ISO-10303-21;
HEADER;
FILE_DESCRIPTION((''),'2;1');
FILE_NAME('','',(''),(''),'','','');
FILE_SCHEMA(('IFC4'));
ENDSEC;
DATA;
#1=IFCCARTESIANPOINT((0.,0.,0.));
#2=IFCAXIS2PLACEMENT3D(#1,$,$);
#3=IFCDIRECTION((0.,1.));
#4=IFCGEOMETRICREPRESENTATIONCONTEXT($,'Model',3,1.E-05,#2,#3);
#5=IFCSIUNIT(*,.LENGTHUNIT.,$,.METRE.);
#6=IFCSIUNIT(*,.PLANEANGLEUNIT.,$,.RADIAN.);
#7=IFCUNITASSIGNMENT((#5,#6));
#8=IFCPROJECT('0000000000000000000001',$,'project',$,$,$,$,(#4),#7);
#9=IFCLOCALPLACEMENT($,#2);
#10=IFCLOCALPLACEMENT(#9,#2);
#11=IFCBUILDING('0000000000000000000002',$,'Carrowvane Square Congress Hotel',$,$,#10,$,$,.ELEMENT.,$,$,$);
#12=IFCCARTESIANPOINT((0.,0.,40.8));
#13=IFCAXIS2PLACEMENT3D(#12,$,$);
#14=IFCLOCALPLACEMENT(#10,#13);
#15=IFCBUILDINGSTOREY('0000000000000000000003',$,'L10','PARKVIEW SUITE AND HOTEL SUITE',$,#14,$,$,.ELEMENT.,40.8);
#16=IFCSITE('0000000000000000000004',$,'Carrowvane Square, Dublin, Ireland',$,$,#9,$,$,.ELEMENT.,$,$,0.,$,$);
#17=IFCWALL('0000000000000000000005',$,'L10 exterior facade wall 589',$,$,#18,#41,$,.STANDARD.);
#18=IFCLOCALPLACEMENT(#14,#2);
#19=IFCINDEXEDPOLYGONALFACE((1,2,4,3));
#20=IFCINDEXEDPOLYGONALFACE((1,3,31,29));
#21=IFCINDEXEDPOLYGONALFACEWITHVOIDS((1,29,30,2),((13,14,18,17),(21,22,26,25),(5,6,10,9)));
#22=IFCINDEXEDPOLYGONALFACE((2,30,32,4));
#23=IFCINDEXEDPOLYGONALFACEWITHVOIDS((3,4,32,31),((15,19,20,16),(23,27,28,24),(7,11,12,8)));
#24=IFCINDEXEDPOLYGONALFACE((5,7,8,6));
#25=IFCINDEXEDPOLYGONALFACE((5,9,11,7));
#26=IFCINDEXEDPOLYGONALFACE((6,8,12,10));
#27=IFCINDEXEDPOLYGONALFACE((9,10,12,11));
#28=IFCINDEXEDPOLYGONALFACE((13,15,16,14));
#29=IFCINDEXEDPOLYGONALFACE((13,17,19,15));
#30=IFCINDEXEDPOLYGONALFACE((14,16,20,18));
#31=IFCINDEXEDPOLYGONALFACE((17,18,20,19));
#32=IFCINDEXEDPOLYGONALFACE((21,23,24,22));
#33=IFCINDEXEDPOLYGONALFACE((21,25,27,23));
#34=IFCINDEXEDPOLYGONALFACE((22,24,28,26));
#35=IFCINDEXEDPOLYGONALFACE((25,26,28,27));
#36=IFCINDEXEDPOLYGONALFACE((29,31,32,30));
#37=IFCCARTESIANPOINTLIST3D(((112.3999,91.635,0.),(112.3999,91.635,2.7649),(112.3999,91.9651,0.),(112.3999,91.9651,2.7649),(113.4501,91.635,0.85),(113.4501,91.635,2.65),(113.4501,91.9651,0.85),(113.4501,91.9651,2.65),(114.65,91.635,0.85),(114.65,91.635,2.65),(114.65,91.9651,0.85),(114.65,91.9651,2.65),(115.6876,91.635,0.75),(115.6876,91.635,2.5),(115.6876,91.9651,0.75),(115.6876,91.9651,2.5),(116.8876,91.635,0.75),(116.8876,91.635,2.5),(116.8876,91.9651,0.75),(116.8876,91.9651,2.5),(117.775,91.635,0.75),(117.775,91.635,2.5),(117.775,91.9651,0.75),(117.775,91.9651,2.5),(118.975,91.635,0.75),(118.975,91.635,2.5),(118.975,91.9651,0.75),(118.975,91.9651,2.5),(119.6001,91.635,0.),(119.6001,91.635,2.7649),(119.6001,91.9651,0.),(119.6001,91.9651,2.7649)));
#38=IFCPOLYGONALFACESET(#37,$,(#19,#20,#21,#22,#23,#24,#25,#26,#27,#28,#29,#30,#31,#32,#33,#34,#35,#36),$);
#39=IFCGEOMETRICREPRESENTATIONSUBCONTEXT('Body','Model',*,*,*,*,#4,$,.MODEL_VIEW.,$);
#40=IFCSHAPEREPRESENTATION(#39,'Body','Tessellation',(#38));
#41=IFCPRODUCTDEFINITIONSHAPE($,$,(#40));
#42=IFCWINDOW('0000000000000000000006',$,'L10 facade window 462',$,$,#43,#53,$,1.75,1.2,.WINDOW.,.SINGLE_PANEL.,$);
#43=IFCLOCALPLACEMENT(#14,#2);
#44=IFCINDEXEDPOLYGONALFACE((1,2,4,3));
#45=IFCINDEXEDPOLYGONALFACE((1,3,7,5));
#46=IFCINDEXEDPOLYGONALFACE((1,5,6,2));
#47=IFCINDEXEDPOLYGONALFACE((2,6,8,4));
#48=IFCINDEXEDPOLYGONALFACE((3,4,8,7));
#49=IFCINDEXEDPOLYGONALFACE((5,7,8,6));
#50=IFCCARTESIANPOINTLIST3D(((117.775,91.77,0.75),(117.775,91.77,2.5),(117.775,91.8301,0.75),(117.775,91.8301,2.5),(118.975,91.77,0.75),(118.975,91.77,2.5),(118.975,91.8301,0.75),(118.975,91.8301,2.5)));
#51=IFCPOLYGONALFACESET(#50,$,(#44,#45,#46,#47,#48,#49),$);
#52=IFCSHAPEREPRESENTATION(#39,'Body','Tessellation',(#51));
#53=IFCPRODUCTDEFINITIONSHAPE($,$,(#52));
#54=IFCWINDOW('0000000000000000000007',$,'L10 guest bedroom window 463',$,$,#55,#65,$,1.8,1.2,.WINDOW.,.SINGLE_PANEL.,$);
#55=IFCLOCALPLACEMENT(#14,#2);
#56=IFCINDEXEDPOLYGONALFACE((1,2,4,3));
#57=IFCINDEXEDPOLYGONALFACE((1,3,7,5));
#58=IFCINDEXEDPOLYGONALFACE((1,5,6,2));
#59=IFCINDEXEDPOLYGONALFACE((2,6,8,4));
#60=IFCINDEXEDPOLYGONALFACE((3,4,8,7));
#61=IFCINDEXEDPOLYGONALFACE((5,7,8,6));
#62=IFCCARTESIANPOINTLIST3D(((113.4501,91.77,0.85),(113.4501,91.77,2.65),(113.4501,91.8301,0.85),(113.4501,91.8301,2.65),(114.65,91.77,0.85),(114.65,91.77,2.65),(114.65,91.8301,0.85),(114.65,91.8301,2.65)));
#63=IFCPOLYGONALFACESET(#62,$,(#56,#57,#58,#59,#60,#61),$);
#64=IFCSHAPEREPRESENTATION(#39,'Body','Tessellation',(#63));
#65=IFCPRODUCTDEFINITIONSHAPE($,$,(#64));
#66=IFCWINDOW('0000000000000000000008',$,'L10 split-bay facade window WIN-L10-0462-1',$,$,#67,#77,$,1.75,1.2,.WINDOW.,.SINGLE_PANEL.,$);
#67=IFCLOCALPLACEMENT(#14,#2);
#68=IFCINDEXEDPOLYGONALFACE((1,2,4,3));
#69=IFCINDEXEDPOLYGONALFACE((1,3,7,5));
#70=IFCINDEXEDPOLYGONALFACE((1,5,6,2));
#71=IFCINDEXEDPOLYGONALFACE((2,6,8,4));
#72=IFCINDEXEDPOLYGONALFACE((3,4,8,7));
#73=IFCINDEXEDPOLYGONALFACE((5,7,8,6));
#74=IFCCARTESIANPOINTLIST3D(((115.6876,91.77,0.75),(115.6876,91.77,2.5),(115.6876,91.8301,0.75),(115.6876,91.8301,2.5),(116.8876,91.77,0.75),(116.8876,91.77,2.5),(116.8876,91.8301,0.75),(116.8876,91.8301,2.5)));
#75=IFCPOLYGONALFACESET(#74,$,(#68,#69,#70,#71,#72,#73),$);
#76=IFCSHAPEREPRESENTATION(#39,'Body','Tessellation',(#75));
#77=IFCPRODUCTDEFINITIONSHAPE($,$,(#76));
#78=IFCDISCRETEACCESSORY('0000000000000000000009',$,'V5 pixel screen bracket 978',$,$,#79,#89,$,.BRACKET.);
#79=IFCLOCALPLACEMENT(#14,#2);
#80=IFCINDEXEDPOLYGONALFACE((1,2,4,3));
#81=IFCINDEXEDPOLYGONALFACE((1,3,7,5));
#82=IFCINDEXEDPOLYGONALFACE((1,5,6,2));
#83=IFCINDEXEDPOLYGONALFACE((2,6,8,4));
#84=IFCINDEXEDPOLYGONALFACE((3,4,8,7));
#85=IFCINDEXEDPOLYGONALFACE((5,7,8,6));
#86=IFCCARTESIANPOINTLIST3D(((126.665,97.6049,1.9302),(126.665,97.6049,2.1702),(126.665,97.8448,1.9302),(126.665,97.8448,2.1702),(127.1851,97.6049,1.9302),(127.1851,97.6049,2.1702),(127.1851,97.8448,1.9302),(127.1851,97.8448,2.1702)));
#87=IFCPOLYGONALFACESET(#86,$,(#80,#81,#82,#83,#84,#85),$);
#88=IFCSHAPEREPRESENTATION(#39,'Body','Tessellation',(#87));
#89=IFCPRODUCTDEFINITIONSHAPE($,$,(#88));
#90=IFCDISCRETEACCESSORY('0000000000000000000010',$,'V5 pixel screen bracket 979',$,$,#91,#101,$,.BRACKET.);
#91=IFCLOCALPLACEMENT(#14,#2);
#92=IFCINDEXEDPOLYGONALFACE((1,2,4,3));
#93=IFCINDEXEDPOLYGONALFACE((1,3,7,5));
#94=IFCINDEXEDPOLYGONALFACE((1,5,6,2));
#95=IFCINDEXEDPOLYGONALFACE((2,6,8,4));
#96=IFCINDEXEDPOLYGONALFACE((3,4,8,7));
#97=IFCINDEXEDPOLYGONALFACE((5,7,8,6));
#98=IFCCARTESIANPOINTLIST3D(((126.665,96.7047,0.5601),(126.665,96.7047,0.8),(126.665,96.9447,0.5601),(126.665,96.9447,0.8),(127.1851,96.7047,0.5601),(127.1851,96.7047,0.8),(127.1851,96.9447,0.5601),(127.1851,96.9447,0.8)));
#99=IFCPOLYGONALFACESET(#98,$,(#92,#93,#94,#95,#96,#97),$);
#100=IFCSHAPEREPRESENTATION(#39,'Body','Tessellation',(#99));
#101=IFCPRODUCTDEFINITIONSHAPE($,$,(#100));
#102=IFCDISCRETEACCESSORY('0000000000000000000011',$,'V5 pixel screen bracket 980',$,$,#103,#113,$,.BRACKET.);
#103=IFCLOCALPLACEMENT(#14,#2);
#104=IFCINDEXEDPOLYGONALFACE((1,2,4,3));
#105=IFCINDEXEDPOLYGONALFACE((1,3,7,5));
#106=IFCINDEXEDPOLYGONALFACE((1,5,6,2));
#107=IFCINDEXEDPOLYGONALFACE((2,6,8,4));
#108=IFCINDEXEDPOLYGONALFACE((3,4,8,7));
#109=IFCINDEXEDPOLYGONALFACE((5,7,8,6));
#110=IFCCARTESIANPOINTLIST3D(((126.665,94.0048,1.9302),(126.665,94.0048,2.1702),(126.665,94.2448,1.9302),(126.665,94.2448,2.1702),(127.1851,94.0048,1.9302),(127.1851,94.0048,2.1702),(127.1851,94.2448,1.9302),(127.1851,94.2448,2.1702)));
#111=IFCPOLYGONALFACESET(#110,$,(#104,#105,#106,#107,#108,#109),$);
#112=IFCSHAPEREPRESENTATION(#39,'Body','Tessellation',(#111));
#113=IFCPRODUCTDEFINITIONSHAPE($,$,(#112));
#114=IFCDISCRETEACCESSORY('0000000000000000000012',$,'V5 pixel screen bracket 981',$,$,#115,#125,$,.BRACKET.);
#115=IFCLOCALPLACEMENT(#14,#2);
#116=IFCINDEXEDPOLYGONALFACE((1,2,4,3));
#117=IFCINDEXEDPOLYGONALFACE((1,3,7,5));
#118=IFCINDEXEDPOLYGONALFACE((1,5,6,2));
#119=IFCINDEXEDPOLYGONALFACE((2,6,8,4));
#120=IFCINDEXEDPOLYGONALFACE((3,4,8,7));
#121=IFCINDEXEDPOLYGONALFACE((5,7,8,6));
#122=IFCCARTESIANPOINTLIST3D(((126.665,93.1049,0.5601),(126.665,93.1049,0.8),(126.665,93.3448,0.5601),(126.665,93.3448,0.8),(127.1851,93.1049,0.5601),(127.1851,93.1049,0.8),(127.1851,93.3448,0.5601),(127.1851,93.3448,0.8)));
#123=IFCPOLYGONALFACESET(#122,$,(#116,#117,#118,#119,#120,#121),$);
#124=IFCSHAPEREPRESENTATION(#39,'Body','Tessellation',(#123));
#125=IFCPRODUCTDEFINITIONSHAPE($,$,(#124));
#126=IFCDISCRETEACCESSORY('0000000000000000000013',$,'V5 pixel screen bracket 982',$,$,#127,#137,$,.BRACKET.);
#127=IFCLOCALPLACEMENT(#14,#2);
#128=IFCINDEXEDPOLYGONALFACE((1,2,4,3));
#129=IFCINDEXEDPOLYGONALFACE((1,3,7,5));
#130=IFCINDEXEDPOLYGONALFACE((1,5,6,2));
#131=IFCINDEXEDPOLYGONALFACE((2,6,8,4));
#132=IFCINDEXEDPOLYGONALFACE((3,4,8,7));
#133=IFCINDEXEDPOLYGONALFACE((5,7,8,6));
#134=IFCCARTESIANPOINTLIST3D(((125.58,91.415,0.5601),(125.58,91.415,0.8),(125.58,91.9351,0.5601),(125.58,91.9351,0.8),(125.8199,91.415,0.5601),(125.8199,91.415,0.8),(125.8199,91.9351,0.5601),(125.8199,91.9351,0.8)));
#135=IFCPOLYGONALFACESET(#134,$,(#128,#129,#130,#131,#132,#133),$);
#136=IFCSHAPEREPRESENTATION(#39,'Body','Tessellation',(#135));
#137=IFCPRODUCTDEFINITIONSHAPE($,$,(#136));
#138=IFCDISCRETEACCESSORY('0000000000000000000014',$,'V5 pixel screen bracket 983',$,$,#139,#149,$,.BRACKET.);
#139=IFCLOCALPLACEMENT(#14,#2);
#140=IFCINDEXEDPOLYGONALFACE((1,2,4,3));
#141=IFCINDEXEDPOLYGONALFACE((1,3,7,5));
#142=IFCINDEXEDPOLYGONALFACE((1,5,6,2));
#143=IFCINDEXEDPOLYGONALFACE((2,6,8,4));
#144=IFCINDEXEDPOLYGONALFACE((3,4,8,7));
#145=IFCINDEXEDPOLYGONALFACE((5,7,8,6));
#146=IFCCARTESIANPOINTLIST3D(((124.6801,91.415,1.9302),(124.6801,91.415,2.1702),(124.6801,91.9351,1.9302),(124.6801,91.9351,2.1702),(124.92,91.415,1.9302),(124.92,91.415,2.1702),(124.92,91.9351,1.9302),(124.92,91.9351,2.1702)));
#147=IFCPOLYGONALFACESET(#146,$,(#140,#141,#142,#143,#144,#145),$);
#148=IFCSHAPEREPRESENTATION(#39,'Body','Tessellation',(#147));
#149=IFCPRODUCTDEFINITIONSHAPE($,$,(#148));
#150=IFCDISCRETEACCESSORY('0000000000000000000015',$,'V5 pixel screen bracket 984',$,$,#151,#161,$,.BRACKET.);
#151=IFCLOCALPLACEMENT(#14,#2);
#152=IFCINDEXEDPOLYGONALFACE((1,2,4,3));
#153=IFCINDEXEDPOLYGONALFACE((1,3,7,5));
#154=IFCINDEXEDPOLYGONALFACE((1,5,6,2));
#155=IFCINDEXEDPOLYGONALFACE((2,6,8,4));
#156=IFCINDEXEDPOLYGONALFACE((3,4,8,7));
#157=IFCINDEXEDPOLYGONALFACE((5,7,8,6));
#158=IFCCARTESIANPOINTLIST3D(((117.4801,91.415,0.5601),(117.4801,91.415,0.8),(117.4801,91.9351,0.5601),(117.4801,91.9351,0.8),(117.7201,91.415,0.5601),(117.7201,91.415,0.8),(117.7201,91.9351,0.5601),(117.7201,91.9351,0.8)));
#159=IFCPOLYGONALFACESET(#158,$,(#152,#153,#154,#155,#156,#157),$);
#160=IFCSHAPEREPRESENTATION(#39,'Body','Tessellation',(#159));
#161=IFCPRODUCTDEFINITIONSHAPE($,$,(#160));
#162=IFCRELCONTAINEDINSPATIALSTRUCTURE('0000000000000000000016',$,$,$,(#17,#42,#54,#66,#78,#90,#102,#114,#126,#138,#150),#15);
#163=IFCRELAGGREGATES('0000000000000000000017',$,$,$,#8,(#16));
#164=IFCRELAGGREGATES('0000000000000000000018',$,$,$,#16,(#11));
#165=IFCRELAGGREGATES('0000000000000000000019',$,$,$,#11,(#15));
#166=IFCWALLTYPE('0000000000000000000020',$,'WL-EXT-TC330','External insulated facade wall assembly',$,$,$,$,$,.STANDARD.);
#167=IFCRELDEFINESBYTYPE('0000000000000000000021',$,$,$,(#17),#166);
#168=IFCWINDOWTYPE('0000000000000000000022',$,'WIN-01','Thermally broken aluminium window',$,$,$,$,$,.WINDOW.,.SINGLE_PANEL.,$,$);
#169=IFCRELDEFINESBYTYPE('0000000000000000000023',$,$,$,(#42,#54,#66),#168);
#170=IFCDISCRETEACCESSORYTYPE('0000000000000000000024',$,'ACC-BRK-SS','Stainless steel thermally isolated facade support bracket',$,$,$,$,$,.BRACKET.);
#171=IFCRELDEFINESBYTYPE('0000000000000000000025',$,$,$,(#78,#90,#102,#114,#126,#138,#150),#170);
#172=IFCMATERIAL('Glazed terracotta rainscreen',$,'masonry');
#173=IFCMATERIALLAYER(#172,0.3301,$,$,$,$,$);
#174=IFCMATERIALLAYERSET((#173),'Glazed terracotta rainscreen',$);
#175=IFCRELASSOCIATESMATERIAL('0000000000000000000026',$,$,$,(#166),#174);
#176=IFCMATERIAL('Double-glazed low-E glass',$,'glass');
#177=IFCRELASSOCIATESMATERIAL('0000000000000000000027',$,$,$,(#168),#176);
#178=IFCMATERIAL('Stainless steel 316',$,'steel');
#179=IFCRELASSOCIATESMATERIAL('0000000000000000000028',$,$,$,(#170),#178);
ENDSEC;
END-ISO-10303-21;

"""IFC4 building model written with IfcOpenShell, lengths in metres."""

from ifc_helpers import new_model, si_unit, direction, frame, frame_2d, origin, origin_2d, place, context, subcontext, project, spatial, rectangle, extrude, material, layer, layer_set, type_object, element, fill, save


model = new_model("IFC4")

# Units and contexts
model_context = context("Model", 3, precision=1e-05, world=origin(), true_north=direction((0.0, 1.0)))
body_context = subcontext(model_context, "Body", "Model", "MODEL_VIEW")
ifc_project = project(units=[si_unit("LENGTHUNIT", "METRE"), si_unit("PLANEANGLEUNIT", "RADIAN")], contexts=[model_context])

# Site, building, storey
site_placement = place(None, origin())
site = spatial("IfcSite", under=ifc_project, at=site_placement, Name="Carrowvane Square, Dublin, Ireland", CompositionType="ELEMENT", RefElevation=0.0)
building_placement = place(site_placement, origin())
building = spatial("IfcBuilding", under=site, at=building_placement, Name="Carrowvane Square Congress Hotel", CompositionType="ELEMENT")
storey_placement = place(building_placement, frame((0.0, 0.0, 40.8)))
storey = spatial("IfcBuildingStorey", under=building, at=storey_placement, Name="L10", Description="PARKVIEW SUITE AND HOTEL SUITE", CompositionType="ELEMENT", Elevation=40.8)

# Shared definitions
ifc_material_1 = material(Name="Glazed terracotta rainscreen", Category="masonry")
ifc_layer_1 = layer(ifc_material_1, 0.3301)
ifc_layer_set_1 = layer_set([ifc_layer_1], Name="Glazed terracotta rainscreen")
wall_type = type_object("IfcWallType", Name="WL-EXT-TC330", Description="External insulated facade wall assembly", PredefinedType="STANDARD", material=ifc_layer_set_1)

# Wall, openings, windows
ifc_material_2 = material(Name="Double-glazed low-E glass", Category="glass")
window_type_1 = type_object("IfcWindowType", Name="WIN-01", Description="Thermally broken aluminium window", PartitioningType="SINGLE_PANEL", PredefinedType="WINDOW", material=ifc_material_2)
wall_1_placement = place(storey_placement, frame((119.6001, 91.8, 0.0), z_axis=(0.0, 0.0, 1.0), x_axis=(-1.0, 0.0, 0.0)))
wall_1 = element("IfcWall", 1, at=wall_1_placement, inside=storey, type_object=wall_type, Name="L10 exterior facade wall 589", PredefinedType="STANDARD", context=body_context, shape_type="SweptSolid", body=[
    extrude(rectangle(XDim=7.2002, YDim=0.3301, at=frame_2d((3.6001, 0.0))), origin(), (0.0, 0.0, 1.0), 2.7649),
])
opening_1_placement = place(wall_1_placement, frame((0.625, 0.0, 0.75)))
opening_1 = element("IfcOpeningElement", 2, at=opening_1_placement, cuts=wall_1, PredefinedType="OPENING", context=body_context, shape_type="SweptSolid", body=[
    extrude(rectangle(XDim=1.2, YDim=1.75, at=frame_2d((0.6001, 0.875))), frame((0.0, 0.175, 0.0), z_axis=(0.0, -1.0, 0.0), x_axis=(1.0, 0.0, 0.0)), (0.0, 0.0, 1.0), 0.3501),
])
opening_2_placement = place(wall_1_placement, frame((4.95, 0.0, 0.8501)))
opening_2 = element("IfcOpeningElement", 3, at=opening_2_placement, cuts=wall_1, PredefinedType="OPENING", context=body_context, shape_type="SweptSolid", body=[
    extrude(rectangle(XDim=1.2, YDim=1.8, at=frame_2d((0.6001, 0.8999))), frame((0.0, 0.175, 0.0), z_axis=(0.0, -1.0, 0.0), x_axis=(1.0, 0.0, 0.0)), (0.0, 0.0, 1.0), 0.3501),
])
opening_3_placement = place(wall_1_placement, frame((2.7124, 0.0, 0.75)))
opening_3 = element("IfcOpeningElement", 4, at=opening_3_placement, cuts=wall_1, PredefinedType="OPENING", context=body_context, shape_type="SweptSolid", body=[
    extrude(rectangle(XDim=1.2, YDim=1.75, at=frame_2d((0.6001, 0.875))), frame((0.0, 0.175, 0.0), z_axis=(0.0, -1.0, 0.0), x_axis=(1.0, 0.0, 0.0)), (0.0, 0.0, 1.0), 0.3501),
])
window_1_placement = place(opening_1_placement, origin())
window_1 = element("IfcWindow", 5, at=window_1_placement, inside=storey, type_object=window_type_1, Name="L10 facade window 462", OverallHeight=1.75, OverallWidth=1.2, PartitioningType="SINGLE_PANEL", PredefinedType="WINDOW", context=body_context, shape_type="SweptSolid", body=[
    extrude(rectangle(XDim=1.2, YDim=1.75, at=frame_2d((0.6001, 0.875))), frame((0.0, 0.03, 0.0), z_axis=(0.0, -1.0, 0.0), x_axis=(1.0, 0.0, 0.0)), (0.0, 0.0, 1.0), 0.0601),
])
fill(opening_1, window_1)
window_2_placement = place(opening_2_placement, origin())
window_2 = element("IfcWindow", 6, at=window_2_placement, inside=storey, type_object=window_type_1, Name="L10 guest bedroom window 463", OverallHeight=1.8, OverallWidth=1.2, PartitioningType="SINGLE_PANEL", PredefinedType="WINDOW", context=body_context, shape_type="SweptSolid", body=[
    extrude(rectangle(XDim=1.2, YDim=1.8, at=frame_2d((0.6001, 0.8999))), frame((0.0, 0.03, 0.0), z_axis=(0.0, -1.0, 0.0), x_axis=(1.0, 0.0, 0.0)), (0.0, 0.0, 1.0), 0.0601),
])
fill(opening_2, window_2)
window_3_placement = place(opening_3_placement, origin())
window_3 = element("IfcWindow", 7, at=window_3_placement, inside=storey, type_object=window_type_1, Name="L10 split-bay facade window WIN-L10-0462-1", OverallHeight=1.75, OverallWidth=1.2, PartitioningType="SINGLE_PANEL", PredefinedType="WINDOW", context=body_context, shape_type="SweptSolid", body=[
    extrude(rectangle(XDim=1.2, YDim=1.75, at=frame_2d((0.6001, 0.875))), frame((0.0, 0.03, 0.0), z_axis=(0.0, -1.0, 0.0), x_axis=(1.0, 0.0, 0.0)), (0.0, 0.0, 1.0), 0.0601),
])
fill(opening_3, window_3)

# Discrete accessories
ifc_material_3 = material(Name="Stainless steel 316", Category="steel")
discrete_accessory_type = type_object("IfcDiscreteAccessoryType", Name="ACC-BRK-SS", Description="Stainless steel thermally isolated facade support bracket", PredefinedType="BRACKET", material=ifc_material_3)
for number, where, z_axis, x_axis, name in (
    (8, (126.925, 97.7249, 1.9302), (0.0, 0.0, 1.0), (0.0, -1.0, 0.0), "V5 pixel screen bracket 978"),
    (9, (126.925, 96.8247, 0.5601), (0.0, 0.0, 1.0), (0.0, -1.0, 0.0), "V5 pixel screen bracket 979"),
    (10, (126.925, 94.1248, 1.9302), (0.0, 0.0, 1.0), (0.0, -1.0, 0.0), "V5 pixel screen bracket 980"),
    (11, (126.925, 93.2249, 0.5601), (0.0, 0.0, 1.0), (0.0, -1.0, 0.0), "V5 pixel screen bracket 981"),
    (12, (125.7, 91.675, 0.5601), (0.0, 0.0, 1.0), (-1.0, 0.0, 0.0), "V5 pixel screen bracket 982"),
    (13, (124.8, 91.675, 1.9302), (0.0, 0.0, 1.0), (-1.0, 0.0, 0.0), "V5 pixel screen bracket 983"),
    (14, (117.6001, 91.675, 0.5601), (0.0, 0.0, 1.0), (-1.0, 0.0, 0.0), "V5 pixel screen bracket 984"),
):
    element("IfcDiscreteAccessory", number, at=place(storey_placement, frame(where, z_axis=z_axis, x_axis=x_axis)), inside=storey, type_object=discrete_accessory_type, Name=name, PredefinedType="BRACKET", context=body_context, shape_type="SweptSolid", body=[
        extrude(rectangle(XDim=0.24, YDim=0.52, at=origin_2d()), origin(), (0.0, 0.0, 1.0), 0.24),
    ])

save(model, "model.ifc")
